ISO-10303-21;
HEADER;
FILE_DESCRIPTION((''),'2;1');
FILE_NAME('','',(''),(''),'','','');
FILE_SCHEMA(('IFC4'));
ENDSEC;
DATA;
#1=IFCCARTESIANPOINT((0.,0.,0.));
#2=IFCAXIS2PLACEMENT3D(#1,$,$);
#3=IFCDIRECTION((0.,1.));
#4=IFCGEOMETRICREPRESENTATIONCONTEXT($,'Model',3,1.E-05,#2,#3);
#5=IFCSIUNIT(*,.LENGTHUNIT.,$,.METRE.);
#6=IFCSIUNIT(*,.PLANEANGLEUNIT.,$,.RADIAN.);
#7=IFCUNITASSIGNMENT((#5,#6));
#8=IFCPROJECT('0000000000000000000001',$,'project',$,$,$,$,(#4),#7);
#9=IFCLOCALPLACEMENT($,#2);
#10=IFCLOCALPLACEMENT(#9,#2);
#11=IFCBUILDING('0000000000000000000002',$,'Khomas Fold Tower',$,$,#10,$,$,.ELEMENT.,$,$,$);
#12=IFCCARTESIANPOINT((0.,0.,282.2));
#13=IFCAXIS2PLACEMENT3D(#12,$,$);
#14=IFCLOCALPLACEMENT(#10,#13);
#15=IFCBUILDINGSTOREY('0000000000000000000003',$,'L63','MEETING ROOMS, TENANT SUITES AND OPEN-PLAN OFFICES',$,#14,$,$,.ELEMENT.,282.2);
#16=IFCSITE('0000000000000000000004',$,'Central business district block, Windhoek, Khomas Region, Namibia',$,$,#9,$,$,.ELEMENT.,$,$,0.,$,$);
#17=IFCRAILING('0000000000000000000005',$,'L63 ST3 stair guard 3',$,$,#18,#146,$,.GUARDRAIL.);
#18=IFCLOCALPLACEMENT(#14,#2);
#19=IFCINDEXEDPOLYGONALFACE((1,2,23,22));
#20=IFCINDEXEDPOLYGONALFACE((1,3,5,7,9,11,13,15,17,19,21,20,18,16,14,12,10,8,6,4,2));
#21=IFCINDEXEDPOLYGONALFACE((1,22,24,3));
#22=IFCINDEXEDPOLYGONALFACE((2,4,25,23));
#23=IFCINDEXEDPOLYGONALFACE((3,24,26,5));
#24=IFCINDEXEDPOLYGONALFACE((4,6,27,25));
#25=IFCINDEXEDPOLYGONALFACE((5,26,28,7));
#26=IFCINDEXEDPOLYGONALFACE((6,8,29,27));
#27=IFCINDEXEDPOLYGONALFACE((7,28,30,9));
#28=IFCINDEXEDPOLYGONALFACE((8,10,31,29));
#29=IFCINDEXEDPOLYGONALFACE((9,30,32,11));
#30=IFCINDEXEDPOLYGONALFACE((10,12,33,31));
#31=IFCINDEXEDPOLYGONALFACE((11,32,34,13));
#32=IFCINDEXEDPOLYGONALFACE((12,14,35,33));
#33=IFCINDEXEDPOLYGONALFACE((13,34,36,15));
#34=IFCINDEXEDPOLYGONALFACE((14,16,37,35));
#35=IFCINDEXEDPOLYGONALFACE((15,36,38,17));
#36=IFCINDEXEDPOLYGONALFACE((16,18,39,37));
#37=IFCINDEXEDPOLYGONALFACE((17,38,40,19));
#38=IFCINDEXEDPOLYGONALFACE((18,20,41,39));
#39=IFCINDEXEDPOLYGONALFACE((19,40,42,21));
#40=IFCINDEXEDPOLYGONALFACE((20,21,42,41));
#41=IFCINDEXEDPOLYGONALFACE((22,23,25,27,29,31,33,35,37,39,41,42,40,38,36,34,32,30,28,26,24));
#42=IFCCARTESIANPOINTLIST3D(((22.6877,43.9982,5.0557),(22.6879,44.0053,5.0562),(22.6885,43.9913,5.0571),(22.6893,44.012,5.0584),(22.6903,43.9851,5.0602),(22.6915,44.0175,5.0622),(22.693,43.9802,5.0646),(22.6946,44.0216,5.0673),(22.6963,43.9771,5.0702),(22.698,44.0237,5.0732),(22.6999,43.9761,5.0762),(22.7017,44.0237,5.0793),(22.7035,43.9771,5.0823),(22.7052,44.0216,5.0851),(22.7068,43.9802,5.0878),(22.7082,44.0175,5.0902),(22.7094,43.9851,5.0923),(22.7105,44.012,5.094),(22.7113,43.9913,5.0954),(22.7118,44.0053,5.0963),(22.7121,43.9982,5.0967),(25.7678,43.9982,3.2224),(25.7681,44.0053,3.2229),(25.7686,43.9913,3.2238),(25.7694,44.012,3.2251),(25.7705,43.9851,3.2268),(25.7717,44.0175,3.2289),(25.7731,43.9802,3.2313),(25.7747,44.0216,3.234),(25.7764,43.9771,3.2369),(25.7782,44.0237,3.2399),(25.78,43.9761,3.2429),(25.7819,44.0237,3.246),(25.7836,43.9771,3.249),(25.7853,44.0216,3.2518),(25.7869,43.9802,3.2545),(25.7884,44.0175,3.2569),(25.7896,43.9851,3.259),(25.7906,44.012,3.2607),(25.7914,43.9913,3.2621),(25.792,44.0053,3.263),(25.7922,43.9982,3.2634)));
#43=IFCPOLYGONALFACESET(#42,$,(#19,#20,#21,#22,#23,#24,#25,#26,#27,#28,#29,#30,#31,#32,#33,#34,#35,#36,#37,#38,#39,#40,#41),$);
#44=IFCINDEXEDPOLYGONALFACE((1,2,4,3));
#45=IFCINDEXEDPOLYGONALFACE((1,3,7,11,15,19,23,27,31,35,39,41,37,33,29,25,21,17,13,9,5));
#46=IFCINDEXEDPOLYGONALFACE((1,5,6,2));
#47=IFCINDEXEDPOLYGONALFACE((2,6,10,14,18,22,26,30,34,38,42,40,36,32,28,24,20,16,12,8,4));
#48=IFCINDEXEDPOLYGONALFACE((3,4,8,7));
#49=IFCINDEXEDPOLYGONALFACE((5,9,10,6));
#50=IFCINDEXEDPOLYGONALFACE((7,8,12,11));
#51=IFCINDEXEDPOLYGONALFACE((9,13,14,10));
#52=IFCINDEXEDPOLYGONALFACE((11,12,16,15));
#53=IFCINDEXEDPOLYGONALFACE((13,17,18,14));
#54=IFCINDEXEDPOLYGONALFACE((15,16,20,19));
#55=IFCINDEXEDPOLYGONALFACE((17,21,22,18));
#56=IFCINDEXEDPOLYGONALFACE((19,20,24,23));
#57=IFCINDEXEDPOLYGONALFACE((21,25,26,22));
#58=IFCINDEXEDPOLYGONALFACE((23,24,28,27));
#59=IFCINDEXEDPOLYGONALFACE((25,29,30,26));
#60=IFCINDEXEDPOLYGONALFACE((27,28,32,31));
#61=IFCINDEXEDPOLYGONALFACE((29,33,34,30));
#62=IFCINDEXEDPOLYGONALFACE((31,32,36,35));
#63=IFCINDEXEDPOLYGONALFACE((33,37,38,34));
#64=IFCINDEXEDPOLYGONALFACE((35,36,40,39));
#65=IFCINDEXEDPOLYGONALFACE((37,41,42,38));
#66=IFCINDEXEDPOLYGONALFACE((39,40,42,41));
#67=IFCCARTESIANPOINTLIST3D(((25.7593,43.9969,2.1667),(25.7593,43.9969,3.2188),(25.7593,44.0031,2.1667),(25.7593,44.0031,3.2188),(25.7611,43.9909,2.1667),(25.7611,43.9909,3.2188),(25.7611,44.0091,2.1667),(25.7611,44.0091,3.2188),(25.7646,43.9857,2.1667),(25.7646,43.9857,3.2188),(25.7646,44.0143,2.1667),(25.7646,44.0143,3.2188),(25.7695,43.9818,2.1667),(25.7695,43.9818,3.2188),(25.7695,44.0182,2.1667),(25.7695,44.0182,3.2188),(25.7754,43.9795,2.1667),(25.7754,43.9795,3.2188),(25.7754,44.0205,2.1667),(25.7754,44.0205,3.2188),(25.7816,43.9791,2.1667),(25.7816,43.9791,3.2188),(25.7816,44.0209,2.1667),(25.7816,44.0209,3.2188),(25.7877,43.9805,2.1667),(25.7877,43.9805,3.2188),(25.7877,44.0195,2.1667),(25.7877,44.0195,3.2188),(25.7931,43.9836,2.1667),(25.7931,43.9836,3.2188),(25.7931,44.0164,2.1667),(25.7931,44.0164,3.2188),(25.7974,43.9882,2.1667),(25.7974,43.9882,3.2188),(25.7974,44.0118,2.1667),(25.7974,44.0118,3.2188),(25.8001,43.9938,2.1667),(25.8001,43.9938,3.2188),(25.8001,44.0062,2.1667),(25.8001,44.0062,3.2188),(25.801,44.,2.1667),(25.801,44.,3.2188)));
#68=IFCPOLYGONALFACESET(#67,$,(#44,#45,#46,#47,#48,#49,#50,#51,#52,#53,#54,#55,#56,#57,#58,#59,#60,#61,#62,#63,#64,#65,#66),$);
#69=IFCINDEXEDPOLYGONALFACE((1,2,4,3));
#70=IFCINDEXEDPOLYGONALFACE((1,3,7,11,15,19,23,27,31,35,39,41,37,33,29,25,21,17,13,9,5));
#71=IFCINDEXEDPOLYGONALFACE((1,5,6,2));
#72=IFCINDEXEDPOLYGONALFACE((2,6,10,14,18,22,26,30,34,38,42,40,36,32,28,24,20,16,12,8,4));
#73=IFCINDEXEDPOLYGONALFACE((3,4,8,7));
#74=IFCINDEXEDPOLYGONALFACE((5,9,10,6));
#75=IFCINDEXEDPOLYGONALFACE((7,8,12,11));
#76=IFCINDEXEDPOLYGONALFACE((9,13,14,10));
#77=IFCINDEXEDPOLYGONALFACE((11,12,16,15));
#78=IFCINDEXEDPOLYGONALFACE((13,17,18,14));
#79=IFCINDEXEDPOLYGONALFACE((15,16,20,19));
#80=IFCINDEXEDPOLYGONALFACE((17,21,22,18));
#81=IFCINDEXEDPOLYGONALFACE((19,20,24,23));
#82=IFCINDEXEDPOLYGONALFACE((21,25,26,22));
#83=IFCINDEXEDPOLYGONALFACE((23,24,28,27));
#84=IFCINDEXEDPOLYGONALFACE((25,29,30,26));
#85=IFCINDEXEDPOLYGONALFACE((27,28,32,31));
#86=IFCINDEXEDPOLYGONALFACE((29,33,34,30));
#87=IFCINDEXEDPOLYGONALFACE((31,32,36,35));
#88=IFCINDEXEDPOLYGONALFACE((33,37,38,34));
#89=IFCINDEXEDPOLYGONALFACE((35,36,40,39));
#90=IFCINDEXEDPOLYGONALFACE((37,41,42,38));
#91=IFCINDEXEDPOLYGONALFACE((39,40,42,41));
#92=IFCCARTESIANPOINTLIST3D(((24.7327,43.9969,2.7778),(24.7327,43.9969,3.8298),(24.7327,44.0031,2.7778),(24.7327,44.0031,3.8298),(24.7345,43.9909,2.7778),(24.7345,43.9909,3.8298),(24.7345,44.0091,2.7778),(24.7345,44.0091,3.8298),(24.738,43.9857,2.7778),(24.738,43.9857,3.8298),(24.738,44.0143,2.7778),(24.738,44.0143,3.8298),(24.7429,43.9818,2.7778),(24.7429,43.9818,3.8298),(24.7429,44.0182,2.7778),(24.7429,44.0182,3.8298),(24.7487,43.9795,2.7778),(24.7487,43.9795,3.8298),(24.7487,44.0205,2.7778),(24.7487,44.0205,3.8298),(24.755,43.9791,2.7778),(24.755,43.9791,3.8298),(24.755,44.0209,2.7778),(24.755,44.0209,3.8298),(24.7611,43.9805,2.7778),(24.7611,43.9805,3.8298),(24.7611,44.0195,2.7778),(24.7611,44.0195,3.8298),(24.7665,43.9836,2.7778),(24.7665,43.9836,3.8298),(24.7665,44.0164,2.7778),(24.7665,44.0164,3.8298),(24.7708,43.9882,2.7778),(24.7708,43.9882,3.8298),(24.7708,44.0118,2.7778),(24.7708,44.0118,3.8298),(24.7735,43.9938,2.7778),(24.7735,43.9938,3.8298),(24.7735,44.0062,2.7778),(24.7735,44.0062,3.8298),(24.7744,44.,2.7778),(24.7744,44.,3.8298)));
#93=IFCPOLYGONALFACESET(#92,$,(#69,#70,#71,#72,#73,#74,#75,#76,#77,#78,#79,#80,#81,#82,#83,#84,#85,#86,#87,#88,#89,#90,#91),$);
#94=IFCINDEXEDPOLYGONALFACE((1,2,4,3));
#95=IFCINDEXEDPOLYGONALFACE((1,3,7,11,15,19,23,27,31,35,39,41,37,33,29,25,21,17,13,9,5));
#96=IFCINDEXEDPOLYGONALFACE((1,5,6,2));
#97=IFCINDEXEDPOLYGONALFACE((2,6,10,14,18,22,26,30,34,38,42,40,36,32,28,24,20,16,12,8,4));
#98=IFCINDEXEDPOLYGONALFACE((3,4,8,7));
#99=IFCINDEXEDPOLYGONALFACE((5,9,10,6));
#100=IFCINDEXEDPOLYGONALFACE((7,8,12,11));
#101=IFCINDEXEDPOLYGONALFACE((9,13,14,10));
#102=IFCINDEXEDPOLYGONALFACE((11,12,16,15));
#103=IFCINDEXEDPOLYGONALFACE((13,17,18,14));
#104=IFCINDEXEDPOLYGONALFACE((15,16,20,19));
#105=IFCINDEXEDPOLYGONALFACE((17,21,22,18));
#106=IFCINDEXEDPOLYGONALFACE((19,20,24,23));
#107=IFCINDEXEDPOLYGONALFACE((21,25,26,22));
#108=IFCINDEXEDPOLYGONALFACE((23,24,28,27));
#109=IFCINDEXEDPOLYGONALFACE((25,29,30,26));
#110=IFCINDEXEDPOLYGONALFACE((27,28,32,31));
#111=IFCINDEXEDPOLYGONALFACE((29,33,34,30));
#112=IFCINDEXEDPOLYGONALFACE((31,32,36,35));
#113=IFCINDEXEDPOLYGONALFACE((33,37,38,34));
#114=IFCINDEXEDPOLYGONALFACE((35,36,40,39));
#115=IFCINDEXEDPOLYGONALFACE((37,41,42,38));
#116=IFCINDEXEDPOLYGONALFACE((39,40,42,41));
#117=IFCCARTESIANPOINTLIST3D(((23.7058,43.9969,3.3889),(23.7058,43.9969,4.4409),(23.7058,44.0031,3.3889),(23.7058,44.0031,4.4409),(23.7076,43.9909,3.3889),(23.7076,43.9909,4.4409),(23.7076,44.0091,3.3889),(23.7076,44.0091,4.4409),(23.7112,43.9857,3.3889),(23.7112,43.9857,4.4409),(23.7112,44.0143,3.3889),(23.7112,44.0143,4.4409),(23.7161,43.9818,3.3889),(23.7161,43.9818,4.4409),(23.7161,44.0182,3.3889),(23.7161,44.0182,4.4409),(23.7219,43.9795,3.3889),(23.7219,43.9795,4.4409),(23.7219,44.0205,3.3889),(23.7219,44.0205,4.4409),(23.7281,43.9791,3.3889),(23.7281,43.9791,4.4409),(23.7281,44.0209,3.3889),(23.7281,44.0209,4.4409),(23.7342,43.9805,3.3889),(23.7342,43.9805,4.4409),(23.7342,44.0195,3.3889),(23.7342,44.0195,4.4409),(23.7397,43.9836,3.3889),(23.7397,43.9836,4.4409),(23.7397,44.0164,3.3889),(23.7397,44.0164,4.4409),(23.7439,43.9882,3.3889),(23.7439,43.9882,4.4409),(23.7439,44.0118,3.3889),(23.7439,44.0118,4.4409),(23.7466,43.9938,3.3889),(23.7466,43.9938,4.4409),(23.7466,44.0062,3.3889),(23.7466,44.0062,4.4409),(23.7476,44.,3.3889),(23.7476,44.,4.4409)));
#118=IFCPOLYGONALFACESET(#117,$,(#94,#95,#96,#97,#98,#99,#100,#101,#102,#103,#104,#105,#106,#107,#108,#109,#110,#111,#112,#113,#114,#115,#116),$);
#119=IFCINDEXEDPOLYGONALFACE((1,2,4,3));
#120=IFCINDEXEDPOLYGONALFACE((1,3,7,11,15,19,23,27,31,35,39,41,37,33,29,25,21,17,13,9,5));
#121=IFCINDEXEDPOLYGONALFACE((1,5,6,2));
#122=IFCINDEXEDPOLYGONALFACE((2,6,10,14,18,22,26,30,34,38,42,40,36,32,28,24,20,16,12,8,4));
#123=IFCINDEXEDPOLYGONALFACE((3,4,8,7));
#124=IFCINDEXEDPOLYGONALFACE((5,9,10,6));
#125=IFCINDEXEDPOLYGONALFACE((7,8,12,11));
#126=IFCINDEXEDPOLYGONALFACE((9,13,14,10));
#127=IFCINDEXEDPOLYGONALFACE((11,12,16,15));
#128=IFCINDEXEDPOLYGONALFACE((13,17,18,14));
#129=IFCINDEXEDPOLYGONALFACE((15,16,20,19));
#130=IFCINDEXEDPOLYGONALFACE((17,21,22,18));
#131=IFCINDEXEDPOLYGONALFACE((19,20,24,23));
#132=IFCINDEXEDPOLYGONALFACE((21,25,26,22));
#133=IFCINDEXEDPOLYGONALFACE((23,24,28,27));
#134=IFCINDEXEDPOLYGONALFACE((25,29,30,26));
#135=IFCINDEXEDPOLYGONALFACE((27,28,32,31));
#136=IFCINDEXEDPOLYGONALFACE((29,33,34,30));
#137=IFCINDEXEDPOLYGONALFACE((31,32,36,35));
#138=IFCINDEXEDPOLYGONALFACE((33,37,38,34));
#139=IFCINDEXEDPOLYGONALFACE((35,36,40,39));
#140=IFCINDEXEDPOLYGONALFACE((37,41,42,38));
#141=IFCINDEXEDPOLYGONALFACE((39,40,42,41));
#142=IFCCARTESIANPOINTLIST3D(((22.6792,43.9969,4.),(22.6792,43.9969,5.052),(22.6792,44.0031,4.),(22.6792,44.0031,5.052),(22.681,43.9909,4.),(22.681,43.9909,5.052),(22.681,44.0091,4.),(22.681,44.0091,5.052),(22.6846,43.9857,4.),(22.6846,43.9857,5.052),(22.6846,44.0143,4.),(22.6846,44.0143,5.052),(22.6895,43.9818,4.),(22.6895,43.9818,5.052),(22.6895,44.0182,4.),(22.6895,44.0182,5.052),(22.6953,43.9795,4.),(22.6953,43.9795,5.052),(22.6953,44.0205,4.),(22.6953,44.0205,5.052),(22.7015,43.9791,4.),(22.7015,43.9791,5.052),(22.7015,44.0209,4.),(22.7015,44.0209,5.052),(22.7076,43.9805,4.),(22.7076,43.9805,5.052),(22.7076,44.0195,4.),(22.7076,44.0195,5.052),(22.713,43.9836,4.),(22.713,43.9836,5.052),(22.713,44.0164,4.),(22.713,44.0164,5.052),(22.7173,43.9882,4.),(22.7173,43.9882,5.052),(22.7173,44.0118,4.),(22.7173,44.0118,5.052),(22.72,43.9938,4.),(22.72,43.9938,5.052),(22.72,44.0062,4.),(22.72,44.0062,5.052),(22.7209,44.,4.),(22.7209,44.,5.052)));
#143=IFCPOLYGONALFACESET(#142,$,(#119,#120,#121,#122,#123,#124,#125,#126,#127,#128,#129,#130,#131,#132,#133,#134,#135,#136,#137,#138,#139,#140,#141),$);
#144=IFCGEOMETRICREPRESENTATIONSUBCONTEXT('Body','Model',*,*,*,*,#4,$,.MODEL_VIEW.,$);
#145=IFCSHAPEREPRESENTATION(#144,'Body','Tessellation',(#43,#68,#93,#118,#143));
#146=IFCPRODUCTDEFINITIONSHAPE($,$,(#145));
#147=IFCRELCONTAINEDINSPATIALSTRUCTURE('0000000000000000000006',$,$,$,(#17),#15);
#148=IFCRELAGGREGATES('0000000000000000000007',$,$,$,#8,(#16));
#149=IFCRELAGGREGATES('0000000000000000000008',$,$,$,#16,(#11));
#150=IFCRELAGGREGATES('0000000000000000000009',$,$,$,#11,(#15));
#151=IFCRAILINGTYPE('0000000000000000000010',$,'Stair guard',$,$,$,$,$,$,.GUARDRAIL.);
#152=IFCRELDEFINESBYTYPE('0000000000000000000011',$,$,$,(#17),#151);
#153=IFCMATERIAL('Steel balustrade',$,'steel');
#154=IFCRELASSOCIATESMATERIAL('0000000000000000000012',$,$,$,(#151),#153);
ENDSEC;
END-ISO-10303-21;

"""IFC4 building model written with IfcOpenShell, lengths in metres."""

from ifc_helpers import new_model, si_unit, direction, frame, origin, origin_2d, place, context, subcontext, project, spatial, circle, extrude, source, transform, mapped, material, type_object, element, save


model = new_model("IFC4")

# Units and contexts
model_context = context("Model", 3, precision=1e-05, world=origin(), true_north=direction((0.0, 1.0)))
body_context = subcontext(model_context, "Body", "Model", "MODEL_VIEW")
ifc_project = project(units=[si_unit("LENGTHUNIT", "METRE"), si_unit("PLANEANGLEUNIT", "RADIAN")], contexts=[model_context])

# Site, building, storey
site_placement = place(None, origin())
site = spatial("IfcSite", under=ifc_project, at=site_placement, Name="Central business district block, Windhoek, Khomas Region, Namibia", CompositionType="ELEMENT", RefElevation=0.0)
building_placement = place(site_placement, origin())
building = spatial("IfcBuilding", under=site, at=building_placement, Name="Khomas Fold Tower", CompositionType="ELEMENT")
storey_placement = place(building_placement, frame((0.0, 0.0, 282.2)))
storey = spatial("IfcBuildingStorey", under=building, at=storey_placement, Name="L63", Description="MEETING ROOMS, TENANT SUITES AND OPEN-PLAN OFFICES", CompositionType="ELEMENT", Elevation=282.2)

# Railing
ifc_material_1 = material(Name="Steel balustrade", Category="steel")
railing_type_1 = type_object("IfcRailingType", Name="Stair guard", PredefinedType="GUARDRAIL", material=ifc_material_1)
shared_shape_1 = source(origin(), body_context, "Body", "SweptSolid", [
    extrude(circle(Radius=0.0239, at=origin_2d()), frame((0.0, 0.0, 1.0762), z_axis=(-0.859309, 0.0, 0.511458), x_axis=(0.0, -1.0, 0.0)), (0.0, 0.0, 1.0), 3.5845),
    extrude(circle(Radius=0.021, at=origin_2d()), origin(), (0.0, 0.0, 1.0), 1.052),
    extrude(circle(Radius=0.021, at=origin_2d()), frame((-1.0266, 0.0, 0.6111)), (0.0, 0.0, 1.0), 1.052),
    extrude(circle(Radius=0.021, at=origin_2d()), frame((-2.0535, 0.0, 1.2222)), (0.0, 0.0, 1.0), 1.052),
    extrude(circle(Radius=0.021, at=origin_2d()), frame((-3.0801, 0.0, 1.8333)), (0.0, 0.0, 1.0), 1.052),
])
railing_1_placement = place(storey_placement, frame((25.78, 44.0, 2.1667)))
element("IfcRailing", 1, at=railing_1_placement, inside=storey, type_object=railing_type_1, Name="L63 ST3 stair guard 3", PredefinedType="GUARDRAIL", context=body_context, shape_type="MappedRepresentation", body=[
    mapped(shared_shape_1, transform((0.0, 0.0, 0.0))),
])

save(model, "model.ifc")
